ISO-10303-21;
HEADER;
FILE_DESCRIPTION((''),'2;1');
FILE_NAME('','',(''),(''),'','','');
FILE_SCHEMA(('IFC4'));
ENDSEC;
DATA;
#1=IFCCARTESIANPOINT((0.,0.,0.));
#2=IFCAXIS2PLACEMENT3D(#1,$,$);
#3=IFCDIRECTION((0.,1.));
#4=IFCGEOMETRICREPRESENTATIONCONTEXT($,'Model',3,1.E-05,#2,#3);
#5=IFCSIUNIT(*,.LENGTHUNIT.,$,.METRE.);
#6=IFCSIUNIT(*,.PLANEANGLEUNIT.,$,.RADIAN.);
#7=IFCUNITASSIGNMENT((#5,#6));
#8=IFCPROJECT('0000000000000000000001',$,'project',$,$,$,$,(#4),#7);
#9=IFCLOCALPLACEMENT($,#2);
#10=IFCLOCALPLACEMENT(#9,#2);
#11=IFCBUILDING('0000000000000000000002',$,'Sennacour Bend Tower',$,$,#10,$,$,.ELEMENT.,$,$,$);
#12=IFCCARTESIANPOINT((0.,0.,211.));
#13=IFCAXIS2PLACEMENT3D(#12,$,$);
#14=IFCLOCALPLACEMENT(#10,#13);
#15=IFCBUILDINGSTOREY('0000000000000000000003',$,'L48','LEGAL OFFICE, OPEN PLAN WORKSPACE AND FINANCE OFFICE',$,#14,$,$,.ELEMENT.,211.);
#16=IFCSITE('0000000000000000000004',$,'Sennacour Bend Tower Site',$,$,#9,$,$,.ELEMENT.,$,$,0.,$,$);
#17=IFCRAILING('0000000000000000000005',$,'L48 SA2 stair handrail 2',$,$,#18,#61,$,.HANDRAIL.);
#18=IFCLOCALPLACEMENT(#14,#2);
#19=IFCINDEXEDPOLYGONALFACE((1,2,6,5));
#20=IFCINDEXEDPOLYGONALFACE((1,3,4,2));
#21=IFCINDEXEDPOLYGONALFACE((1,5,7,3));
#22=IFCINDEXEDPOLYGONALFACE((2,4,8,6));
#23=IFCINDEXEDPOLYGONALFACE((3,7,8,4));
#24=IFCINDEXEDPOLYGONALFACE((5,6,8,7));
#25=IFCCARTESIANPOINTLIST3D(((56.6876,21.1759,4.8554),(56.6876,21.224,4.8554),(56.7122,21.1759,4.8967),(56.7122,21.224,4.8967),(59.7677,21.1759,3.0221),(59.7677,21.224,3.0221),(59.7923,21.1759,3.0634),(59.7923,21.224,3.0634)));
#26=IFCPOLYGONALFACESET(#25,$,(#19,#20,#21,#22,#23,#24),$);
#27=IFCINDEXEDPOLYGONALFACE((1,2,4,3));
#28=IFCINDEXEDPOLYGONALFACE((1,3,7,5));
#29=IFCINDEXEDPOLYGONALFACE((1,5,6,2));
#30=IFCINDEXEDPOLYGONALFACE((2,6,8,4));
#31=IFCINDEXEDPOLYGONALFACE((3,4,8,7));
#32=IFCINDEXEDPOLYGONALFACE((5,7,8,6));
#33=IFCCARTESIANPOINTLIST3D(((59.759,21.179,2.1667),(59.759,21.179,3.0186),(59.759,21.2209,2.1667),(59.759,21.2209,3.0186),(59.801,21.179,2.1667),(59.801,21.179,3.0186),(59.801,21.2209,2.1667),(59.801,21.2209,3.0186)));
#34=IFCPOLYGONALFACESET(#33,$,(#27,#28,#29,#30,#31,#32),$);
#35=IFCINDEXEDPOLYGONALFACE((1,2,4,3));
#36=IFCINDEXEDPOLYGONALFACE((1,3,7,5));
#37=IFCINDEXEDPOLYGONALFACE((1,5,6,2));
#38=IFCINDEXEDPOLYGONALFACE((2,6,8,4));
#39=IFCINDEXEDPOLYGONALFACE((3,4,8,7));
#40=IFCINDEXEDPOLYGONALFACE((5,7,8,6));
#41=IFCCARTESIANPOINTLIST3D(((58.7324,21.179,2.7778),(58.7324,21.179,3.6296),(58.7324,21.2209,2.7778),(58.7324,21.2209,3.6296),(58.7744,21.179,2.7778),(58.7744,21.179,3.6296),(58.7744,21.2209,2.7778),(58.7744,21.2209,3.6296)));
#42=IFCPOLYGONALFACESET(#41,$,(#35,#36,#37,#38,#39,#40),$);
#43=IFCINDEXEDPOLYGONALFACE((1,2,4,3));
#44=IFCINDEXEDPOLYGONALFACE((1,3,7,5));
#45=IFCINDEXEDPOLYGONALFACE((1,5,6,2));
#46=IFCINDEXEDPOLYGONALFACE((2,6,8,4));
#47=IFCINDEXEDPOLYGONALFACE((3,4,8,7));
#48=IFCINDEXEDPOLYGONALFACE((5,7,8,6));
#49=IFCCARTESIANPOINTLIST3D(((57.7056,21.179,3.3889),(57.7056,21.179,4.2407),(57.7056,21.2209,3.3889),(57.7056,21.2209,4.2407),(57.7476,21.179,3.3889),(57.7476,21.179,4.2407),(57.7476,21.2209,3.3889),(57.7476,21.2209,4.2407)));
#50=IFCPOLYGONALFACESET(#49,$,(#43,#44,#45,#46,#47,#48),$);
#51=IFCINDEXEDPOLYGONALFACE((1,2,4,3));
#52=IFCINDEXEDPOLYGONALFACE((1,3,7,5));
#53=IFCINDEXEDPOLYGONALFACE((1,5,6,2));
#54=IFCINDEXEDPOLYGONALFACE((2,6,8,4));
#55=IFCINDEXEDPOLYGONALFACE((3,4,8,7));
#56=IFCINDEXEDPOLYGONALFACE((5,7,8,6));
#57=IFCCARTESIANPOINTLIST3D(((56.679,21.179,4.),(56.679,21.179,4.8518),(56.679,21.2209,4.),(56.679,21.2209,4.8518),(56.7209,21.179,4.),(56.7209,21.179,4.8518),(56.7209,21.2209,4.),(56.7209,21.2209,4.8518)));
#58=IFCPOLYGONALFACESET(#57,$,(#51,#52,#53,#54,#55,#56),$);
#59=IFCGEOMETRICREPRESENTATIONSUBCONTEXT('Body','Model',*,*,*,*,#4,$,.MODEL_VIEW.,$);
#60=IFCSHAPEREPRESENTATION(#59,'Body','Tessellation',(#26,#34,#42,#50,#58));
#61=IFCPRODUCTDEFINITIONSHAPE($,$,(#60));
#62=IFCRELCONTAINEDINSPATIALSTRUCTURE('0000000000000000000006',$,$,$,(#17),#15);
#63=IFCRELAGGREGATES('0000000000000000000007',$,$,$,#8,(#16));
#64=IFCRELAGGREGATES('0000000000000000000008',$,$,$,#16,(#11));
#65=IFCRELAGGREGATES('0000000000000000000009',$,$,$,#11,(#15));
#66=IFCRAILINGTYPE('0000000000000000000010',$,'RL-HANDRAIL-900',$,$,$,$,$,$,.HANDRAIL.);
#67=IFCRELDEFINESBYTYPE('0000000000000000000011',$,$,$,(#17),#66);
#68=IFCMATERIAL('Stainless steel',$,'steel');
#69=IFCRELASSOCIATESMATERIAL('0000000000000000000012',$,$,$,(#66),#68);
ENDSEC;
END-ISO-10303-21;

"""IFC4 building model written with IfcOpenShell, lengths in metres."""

from ifc_helpers import new_model, si_unit, direction, frame, origin, origin_2d, place, context, subcontext, project, spatial, rectangle, extrude, material, type_object, element, save


model = new_model("IFC4")

# Units and contexts
model_context = context("Model", 3, precision=1e-05, world=origin(), true_north=direction((0.0, 1.0)))
body_context = subcontext(model_context, "Body", "Model", "MODEL_VIEW")
ifc_project = project(units=[si_unit("LENGTHUNIT", "METRE"), si_unit("PLANEANGLEUNIT", "RADIAN")], contexts=[model_context])

# Site, building, storey
site_placement = place(None, origin())
site = spatial("IfcSite", under=ifc_project, at=site_placement, Name="Sennacour Bend Tower Site", CompositionType="ELEMENT", RefElevation=0.0)
building_placement = place(site_placement, origin())
building = spatial("IfcBuilding", under=site, at=building_placement, Name="Sennacour Bend Tower", CompositionType="ELEMENT")
storey_placement = place(building_placement, frame((0.0, 0.0, 211.0)))
storey = spatial("IfcBuildingStorey", under=building, at=storey_placement, Name="L48", Description="LEGAL OFFICE, OPEN PLAN WORKSPACE AND FINANCE OFFICE", CompositionType="ELEMENT", Elevation=211.0)

# Shared definitions
ifc_material_1 = material(Name="Stainless steel", Category="steel")

# Railing
railing_type_1 = type_object("IfcRailingType", Name="RL-HANDRAIL-900", PredefinedType="HANDRAIL", material=ifc_material_1)
railing_1_placement = place(storey_placement, frame((59.78, 21.2, 2.1667)))
element("IfcRailing", 1, at=railing_1_placement, inside=storey, type_object=railing_type_1, Name="L48 SA2 stair handrail 2", PredefinedType="HANDRAIL", context=body_context, shape_type="SweptSolid", body=[
    extrude(rectangle(XDim=0.0481, YDim=0.0481, at=origin_2d()), frame((0.0, 0.0, 0.876), z_axis=(-0.859309, 0.0, 0.511458), x_axis=(0.0, -1.0, 0.0)), (0.0, 0.0, 1.0), 3.5845),
    extrude(rectangle(XDim=0.042, YDim=0.042, at=origin_2d()), origin(), (0.0, 0.0, 1.0), 0.8518),
    extrude(rectangle(XDim=0.042, YDim=0.042, at=origin_2d()), frame((-1.0266, 0.0, 0.6111)), (0.0, 0.0, 1.0), 0.8518),
    extrude(rectangle(XDim=0.042, YDim=0.042, at=origin_2d()), frame((-2.0535, 0.0, 1.2222)), (0.0, 0.0, 1.0), 0.8518),
    extrude(rectangle(XDim=0.042, YDim=0.042, at=origin_2d()), frame((-3.0801, 0.0, 1.8333)), (0.0, 0.0, 1.0), 0.8518),
])

save(model, "model.ifc")
